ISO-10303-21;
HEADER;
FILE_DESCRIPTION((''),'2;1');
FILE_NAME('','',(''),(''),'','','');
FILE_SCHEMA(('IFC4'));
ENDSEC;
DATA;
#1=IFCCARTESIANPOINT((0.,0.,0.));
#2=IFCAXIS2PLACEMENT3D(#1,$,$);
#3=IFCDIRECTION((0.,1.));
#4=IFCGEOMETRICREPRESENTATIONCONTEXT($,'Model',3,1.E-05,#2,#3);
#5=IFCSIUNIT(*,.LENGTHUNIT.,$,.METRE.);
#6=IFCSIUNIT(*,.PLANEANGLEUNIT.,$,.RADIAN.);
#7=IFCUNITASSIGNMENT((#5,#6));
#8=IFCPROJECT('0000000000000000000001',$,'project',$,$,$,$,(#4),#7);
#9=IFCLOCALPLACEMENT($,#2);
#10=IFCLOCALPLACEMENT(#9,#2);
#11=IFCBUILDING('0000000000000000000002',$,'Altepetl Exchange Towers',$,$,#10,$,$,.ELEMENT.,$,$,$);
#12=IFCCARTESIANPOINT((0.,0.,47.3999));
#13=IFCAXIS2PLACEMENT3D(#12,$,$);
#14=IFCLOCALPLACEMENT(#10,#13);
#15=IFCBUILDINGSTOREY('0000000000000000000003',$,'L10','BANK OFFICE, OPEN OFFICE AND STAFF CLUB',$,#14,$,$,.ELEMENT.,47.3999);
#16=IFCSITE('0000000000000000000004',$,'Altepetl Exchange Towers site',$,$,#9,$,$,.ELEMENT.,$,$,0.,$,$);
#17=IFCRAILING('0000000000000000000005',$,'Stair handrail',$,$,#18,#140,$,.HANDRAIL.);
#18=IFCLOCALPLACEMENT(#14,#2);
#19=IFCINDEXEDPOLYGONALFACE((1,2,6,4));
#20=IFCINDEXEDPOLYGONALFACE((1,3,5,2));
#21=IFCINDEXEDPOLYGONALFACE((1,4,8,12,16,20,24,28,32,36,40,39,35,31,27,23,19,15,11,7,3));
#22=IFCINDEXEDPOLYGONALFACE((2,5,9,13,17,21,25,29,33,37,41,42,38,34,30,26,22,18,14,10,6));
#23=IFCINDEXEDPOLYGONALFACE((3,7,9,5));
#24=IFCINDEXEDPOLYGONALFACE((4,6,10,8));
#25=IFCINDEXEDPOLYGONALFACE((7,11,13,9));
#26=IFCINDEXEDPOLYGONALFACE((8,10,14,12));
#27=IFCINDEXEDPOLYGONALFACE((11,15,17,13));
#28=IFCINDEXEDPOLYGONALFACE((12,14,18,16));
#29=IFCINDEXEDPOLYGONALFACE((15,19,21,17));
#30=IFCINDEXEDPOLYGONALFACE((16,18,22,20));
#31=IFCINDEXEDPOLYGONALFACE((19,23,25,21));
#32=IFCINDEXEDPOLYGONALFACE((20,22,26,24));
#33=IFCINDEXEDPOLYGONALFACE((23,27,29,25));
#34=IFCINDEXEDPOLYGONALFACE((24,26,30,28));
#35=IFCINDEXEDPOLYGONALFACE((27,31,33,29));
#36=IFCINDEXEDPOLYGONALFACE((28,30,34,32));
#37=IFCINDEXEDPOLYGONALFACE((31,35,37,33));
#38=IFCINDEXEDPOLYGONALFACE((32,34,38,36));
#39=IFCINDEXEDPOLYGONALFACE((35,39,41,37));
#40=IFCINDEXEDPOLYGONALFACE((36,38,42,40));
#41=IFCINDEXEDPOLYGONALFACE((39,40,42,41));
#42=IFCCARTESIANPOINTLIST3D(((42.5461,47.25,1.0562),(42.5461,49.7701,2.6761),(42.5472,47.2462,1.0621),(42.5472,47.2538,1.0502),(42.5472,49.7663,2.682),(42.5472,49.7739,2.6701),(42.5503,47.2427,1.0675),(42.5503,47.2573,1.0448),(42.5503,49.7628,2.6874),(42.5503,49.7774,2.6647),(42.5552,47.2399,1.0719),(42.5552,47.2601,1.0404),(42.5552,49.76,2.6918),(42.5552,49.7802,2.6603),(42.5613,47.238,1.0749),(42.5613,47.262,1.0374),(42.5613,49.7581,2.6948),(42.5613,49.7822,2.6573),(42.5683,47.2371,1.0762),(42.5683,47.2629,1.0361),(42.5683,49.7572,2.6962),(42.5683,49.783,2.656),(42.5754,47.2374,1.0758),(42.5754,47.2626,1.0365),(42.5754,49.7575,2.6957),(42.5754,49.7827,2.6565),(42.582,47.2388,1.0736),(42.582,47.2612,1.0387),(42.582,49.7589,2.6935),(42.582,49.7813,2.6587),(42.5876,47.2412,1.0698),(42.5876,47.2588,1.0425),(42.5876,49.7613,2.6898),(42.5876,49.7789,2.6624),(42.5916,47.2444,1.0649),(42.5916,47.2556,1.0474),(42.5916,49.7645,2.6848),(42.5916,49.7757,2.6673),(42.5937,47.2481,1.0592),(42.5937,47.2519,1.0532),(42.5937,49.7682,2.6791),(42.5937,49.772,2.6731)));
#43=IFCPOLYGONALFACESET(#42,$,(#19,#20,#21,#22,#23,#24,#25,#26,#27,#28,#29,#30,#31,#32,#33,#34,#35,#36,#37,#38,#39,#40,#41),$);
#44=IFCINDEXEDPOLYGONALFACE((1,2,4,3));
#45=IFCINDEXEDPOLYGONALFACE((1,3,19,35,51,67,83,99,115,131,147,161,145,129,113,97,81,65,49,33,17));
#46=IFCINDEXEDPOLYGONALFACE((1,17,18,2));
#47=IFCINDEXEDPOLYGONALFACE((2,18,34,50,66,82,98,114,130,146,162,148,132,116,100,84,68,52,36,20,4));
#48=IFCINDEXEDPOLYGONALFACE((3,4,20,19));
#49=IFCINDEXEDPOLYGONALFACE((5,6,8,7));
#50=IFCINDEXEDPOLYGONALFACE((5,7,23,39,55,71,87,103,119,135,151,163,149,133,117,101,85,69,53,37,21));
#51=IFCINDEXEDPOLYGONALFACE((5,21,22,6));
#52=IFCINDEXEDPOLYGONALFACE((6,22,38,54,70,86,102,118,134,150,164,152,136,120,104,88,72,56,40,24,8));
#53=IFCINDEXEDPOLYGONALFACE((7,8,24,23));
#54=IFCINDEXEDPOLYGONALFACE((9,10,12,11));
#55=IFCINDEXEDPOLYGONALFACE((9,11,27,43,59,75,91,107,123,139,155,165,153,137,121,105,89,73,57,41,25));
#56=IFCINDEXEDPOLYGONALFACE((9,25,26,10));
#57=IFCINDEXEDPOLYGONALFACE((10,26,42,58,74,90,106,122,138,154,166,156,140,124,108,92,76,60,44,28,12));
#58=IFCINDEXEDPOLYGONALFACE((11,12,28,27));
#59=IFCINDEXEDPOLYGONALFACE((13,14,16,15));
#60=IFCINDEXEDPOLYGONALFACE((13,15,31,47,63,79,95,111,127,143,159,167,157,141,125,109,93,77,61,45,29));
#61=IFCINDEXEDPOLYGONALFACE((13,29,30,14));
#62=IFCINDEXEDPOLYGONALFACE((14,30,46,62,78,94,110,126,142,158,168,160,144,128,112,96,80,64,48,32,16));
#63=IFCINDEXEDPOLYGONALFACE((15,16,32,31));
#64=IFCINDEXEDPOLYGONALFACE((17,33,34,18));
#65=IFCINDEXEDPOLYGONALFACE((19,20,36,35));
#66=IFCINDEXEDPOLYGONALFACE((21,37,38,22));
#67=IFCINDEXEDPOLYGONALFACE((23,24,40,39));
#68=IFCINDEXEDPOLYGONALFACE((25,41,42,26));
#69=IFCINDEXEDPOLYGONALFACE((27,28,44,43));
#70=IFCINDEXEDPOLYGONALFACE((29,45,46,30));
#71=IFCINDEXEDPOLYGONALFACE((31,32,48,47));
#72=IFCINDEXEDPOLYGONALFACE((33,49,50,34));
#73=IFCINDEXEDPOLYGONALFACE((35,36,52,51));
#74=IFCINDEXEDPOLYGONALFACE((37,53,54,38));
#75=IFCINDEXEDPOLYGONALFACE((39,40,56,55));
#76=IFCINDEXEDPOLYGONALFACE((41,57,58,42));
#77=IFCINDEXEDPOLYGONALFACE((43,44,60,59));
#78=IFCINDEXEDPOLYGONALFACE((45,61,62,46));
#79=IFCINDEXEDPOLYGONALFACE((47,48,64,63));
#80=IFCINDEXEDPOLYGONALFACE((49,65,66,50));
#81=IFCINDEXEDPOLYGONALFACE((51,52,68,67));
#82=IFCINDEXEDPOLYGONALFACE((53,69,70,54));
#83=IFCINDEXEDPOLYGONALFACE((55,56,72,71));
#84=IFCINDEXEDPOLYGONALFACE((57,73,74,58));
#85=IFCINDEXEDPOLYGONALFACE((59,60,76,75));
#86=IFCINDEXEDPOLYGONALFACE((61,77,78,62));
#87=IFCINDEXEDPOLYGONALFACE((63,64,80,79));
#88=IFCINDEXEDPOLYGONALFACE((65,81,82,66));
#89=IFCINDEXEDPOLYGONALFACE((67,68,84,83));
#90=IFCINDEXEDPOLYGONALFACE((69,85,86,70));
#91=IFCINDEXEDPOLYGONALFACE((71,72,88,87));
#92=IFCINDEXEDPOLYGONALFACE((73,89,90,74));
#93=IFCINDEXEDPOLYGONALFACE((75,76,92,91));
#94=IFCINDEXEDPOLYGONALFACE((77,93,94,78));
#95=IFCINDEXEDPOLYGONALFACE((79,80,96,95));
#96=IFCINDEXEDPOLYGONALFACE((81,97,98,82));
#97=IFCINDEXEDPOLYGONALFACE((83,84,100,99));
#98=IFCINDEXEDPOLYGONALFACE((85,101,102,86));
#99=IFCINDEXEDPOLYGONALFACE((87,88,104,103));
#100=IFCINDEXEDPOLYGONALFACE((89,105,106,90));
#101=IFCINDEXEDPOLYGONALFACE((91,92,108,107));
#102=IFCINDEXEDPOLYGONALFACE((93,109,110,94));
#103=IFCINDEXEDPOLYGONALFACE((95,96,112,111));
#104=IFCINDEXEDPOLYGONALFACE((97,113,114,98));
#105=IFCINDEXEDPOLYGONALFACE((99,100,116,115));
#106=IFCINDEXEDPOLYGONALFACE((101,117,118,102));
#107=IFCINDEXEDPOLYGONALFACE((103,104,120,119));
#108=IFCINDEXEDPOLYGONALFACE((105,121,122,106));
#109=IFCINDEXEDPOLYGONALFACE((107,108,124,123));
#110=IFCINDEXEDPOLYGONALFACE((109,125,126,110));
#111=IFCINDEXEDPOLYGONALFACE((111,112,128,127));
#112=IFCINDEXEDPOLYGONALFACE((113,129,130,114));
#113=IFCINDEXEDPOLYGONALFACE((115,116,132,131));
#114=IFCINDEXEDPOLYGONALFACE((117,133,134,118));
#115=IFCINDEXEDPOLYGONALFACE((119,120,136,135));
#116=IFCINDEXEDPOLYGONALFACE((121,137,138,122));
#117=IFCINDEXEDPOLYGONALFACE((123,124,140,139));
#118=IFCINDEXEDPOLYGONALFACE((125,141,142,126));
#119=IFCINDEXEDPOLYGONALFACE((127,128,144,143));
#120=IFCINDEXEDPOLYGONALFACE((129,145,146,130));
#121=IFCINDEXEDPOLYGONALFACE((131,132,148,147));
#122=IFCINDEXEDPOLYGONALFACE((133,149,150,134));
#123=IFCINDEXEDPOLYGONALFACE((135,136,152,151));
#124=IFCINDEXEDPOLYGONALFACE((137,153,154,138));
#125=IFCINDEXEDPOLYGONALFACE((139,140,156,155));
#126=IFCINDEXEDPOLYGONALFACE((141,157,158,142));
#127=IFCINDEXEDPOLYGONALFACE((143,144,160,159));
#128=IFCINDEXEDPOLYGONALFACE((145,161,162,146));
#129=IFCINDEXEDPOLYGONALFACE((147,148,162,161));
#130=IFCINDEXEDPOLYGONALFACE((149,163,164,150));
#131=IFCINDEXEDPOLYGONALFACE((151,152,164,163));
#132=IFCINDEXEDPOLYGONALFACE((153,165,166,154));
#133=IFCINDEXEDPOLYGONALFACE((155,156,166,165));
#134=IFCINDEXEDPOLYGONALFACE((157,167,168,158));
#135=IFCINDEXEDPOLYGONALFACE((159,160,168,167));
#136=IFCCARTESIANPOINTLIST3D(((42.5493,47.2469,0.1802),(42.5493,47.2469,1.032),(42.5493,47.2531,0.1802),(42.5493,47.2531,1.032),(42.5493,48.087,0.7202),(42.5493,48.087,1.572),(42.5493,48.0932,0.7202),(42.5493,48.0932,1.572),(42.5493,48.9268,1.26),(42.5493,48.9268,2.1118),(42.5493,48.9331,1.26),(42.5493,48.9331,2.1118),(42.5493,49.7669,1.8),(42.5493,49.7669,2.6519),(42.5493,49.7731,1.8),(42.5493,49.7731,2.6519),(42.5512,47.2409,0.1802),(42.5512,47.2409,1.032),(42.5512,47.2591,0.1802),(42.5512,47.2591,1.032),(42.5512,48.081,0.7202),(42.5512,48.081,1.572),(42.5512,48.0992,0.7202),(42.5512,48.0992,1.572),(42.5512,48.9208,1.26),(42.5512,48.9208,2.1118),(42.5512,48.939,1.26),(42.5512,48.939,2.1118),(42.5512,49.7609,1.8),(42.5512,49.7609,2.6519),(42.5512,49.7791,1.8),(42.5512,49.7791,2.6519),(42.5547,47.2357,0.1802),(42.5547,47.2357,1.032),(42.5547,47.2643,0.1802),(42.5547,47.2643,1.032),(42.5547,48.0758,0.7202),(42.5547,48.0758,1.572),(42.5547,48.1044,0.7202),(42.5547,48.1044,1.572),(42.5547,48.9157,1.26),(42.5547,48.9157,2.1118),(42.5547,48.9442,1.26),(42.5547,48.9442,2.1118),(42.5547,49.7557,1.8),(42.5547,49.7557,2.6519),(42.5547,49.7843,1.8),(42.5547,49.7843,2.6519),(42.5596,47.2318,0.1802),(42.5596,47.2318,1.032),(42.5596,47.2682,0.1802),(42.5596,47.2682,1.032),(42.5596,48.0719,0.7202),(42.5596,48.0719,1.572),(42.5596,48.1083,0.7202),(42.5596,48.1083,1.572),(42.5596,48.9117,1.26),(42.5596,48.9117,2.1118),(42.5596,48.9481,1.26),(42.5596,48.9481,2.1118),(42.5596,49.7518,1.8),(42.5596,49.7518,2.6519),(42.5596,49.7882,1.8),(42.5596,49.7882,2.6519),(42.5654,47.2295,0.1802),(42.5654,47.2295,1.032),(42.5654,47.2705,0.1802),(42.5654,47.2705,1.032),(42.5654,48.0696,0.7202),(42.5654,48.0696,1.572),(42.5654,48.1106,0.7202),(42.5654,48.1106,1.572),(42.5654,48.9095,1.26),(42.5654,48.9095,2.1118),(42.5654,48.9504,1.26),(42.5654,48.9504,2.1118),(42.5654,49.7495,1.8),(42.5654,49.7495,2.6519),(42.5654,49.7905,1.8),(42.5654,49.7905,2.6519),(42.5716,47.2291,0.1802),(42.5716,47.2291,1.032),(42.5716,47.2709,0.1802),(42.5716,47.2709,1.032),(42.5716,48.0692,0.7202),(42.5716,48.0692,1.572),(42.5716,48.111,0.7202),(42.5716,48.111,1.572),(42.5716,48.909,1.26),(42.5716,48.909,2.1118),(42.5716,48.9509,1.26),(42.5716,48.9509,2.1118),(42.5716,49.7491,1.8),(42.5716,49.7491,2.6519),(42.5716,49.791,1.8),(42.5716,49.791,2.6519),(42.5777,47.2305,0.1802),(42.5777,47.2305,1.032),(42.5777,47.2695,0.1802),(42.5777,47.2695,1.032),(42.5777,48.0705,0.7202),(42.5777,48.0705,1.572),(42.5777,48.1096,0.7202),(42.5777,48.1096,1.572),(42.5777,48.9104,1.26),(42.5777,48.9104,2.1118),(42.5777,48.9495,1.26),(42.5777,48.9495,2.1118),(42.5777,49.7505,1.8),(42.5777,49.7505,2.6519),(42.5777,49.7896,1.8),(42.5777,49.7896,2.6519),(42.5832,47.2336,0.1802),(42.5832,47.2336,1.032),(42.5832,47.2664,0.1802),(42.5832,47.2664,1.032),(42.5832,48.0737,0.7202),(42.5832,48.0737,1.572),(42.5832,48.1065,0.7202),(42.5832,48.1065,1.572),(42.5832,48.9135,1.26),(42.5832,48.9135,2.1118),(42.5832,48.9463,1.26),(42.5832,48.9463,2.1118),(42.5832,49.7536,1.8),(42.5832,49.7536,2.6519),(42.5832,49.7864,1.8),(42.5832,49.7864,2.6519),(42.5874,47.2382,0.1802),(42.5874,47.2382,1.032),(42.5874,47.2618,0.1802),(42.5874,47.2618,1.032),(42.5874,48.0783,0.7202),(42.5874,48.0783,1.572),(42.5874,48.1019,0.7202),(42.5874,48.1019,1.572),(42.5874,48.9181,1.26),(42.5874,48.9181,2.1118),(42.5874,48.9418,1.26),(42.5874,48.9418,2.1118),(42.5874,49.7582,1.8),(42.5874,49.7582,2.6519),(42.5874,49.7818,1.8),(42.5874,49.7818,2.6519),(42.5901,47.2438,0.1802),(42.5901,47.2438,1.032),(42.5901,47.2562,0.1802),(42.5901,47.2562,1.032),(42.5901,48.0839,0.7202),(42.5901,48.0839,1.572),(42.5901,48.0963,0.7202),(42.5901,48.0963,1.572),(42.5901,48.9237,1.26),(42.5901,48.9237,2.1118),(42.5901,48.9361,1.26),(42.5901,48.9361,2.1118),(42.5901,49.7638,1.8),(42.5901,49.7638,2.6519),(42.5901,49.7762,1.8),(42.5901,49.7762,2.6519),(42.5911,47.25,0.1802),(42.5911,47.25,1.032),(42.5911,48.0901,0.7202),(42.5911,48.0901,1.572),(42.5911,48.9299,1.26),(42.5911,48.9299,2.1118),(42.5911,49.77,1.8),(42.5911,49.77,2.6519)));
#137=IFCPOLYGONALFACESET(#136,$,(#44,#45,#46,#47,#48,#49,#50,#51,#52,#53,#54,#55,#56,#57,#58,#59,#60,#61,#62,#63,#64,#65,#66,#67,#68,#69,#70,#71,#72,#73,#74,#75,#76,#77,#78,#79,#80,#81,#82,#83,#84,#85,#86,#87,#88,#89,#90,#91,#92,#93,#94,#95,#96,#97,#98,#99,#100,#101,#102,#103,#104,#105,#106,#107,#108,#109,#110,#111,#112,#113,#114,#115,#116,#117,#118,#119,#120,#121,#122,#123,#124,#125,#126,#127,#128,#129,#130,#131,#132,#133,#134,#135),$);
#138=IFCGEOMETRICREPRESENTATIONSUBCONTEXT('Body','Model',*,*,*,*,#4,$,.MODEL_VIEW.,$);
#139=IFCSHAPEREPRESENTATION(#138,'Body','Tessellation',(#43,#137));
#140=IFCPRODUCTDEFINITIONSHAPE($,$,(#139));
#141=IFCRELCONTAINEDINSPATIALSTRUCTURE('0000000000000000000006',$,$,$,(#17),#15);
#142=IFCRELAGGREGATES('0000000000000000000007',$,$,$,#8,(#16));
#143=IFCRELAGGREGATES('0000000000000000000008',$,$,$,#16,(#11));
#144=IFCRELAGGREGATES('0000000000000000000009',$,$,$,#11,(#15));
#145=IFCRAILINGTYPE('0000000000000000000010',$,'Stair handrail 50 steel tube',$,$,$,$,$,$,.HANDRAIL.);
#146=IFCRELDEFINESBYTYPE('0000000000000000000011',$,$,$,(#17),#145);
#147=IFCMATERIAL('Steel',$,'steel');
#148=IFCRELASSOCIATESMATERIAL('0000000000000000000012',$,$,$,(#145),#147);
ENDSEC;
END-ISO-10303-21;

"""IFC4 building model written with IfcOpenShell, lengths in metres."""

from ifc_helpers import new_model, si_unit, direction, frame, origin, origin_2d, place, context, subcontext, project, spatial, circle, extrude, source, transform, mapped, material, type_object, element, save


model = new_model("IFC4")

# Units and contexts
model_context = context("Model", 3, precision=1e-05, world=origin(), true_north=direction((0.0, 1.0)))
body_context = subcontext(model_context, "Body", "Model", "MODEL_VIEW")
ifc_project = project(units=[si_unit("LENGTHUNIT", "METRE"), si_unit("PLANEANGLEUNIT", "RADIAN")], contexts=[model_context])

# Site, building, storey
site_placement = place(None, origin())
site = spatial("IfcSite", under=ifc_project, at=site_placement, Name="Altepetl Exchange Towers site", CompositionType="ELEMENT", RefElevation=0.0)
building_placement = place(site_placement, origin())
building = spatial("IfcBuilding", under=site, at=building_placement, Name="Altepetl Exchange Towers", CompositionType="ELEMENT")
storey_placement = place(building_placement, frame((0.0, 0.0, 47.3999)))
storey = spatial("IfcBuildingStorey", under=building, at=storey_placement, Name="L10", Description="BANK OFFICE, OPEN OFFICE AND STAFF CLUB", CompositionType="ELEMENT", Elevation=47.3999)

# Railing
ifc_material_1 = material(Name="Steel", Category="steel")
railing_type = type_object("IfcRailingType", Name="Stair handrail 50 steel tube", PredefinedType="HANDRAIL", material=ifc_material_1)
shared_shape = source(origin(), body_context, "Body", "SweptSolid", [
    extrude(circle(Radius=0.021, at=origin_2d()), origin(), (0.0, 0.0, 1.0), 0.8518),
])
railing_1_placement = place(storey_placement, frame((42.5701, 47.25, 0.1802)))
element("IfcRailing", 1, at=railing_1_placement, inside=storey, type_object=railing_type, Name="Stair handrail", PredefinedType="HANDRAIL", context=body_context, shape_type="SweptSolid", body=[
    extrude(circle(Radius=0.0239, at=origin_2d()), frame((0.0, 0.0, 0.876), z_axis=(0.0, 0.8412, 0.540725), x_axis=(-1.0, 0.0, 0.0)), (0.0, 0.0, 1.0), 2.9958),
    mapped(shared_shape, transform((0.0, 0.0, 0.0))),
    mapped(shared_shape, transform((0.0, 0.8401, 0.54))),
    mapped(shared_shape, transform((0.0, 1.6799, 1.0798))),
    mapped(shared_shape, transform((0.0, 2.52, 1.6199))),
])

save(model, "model.ifc")
